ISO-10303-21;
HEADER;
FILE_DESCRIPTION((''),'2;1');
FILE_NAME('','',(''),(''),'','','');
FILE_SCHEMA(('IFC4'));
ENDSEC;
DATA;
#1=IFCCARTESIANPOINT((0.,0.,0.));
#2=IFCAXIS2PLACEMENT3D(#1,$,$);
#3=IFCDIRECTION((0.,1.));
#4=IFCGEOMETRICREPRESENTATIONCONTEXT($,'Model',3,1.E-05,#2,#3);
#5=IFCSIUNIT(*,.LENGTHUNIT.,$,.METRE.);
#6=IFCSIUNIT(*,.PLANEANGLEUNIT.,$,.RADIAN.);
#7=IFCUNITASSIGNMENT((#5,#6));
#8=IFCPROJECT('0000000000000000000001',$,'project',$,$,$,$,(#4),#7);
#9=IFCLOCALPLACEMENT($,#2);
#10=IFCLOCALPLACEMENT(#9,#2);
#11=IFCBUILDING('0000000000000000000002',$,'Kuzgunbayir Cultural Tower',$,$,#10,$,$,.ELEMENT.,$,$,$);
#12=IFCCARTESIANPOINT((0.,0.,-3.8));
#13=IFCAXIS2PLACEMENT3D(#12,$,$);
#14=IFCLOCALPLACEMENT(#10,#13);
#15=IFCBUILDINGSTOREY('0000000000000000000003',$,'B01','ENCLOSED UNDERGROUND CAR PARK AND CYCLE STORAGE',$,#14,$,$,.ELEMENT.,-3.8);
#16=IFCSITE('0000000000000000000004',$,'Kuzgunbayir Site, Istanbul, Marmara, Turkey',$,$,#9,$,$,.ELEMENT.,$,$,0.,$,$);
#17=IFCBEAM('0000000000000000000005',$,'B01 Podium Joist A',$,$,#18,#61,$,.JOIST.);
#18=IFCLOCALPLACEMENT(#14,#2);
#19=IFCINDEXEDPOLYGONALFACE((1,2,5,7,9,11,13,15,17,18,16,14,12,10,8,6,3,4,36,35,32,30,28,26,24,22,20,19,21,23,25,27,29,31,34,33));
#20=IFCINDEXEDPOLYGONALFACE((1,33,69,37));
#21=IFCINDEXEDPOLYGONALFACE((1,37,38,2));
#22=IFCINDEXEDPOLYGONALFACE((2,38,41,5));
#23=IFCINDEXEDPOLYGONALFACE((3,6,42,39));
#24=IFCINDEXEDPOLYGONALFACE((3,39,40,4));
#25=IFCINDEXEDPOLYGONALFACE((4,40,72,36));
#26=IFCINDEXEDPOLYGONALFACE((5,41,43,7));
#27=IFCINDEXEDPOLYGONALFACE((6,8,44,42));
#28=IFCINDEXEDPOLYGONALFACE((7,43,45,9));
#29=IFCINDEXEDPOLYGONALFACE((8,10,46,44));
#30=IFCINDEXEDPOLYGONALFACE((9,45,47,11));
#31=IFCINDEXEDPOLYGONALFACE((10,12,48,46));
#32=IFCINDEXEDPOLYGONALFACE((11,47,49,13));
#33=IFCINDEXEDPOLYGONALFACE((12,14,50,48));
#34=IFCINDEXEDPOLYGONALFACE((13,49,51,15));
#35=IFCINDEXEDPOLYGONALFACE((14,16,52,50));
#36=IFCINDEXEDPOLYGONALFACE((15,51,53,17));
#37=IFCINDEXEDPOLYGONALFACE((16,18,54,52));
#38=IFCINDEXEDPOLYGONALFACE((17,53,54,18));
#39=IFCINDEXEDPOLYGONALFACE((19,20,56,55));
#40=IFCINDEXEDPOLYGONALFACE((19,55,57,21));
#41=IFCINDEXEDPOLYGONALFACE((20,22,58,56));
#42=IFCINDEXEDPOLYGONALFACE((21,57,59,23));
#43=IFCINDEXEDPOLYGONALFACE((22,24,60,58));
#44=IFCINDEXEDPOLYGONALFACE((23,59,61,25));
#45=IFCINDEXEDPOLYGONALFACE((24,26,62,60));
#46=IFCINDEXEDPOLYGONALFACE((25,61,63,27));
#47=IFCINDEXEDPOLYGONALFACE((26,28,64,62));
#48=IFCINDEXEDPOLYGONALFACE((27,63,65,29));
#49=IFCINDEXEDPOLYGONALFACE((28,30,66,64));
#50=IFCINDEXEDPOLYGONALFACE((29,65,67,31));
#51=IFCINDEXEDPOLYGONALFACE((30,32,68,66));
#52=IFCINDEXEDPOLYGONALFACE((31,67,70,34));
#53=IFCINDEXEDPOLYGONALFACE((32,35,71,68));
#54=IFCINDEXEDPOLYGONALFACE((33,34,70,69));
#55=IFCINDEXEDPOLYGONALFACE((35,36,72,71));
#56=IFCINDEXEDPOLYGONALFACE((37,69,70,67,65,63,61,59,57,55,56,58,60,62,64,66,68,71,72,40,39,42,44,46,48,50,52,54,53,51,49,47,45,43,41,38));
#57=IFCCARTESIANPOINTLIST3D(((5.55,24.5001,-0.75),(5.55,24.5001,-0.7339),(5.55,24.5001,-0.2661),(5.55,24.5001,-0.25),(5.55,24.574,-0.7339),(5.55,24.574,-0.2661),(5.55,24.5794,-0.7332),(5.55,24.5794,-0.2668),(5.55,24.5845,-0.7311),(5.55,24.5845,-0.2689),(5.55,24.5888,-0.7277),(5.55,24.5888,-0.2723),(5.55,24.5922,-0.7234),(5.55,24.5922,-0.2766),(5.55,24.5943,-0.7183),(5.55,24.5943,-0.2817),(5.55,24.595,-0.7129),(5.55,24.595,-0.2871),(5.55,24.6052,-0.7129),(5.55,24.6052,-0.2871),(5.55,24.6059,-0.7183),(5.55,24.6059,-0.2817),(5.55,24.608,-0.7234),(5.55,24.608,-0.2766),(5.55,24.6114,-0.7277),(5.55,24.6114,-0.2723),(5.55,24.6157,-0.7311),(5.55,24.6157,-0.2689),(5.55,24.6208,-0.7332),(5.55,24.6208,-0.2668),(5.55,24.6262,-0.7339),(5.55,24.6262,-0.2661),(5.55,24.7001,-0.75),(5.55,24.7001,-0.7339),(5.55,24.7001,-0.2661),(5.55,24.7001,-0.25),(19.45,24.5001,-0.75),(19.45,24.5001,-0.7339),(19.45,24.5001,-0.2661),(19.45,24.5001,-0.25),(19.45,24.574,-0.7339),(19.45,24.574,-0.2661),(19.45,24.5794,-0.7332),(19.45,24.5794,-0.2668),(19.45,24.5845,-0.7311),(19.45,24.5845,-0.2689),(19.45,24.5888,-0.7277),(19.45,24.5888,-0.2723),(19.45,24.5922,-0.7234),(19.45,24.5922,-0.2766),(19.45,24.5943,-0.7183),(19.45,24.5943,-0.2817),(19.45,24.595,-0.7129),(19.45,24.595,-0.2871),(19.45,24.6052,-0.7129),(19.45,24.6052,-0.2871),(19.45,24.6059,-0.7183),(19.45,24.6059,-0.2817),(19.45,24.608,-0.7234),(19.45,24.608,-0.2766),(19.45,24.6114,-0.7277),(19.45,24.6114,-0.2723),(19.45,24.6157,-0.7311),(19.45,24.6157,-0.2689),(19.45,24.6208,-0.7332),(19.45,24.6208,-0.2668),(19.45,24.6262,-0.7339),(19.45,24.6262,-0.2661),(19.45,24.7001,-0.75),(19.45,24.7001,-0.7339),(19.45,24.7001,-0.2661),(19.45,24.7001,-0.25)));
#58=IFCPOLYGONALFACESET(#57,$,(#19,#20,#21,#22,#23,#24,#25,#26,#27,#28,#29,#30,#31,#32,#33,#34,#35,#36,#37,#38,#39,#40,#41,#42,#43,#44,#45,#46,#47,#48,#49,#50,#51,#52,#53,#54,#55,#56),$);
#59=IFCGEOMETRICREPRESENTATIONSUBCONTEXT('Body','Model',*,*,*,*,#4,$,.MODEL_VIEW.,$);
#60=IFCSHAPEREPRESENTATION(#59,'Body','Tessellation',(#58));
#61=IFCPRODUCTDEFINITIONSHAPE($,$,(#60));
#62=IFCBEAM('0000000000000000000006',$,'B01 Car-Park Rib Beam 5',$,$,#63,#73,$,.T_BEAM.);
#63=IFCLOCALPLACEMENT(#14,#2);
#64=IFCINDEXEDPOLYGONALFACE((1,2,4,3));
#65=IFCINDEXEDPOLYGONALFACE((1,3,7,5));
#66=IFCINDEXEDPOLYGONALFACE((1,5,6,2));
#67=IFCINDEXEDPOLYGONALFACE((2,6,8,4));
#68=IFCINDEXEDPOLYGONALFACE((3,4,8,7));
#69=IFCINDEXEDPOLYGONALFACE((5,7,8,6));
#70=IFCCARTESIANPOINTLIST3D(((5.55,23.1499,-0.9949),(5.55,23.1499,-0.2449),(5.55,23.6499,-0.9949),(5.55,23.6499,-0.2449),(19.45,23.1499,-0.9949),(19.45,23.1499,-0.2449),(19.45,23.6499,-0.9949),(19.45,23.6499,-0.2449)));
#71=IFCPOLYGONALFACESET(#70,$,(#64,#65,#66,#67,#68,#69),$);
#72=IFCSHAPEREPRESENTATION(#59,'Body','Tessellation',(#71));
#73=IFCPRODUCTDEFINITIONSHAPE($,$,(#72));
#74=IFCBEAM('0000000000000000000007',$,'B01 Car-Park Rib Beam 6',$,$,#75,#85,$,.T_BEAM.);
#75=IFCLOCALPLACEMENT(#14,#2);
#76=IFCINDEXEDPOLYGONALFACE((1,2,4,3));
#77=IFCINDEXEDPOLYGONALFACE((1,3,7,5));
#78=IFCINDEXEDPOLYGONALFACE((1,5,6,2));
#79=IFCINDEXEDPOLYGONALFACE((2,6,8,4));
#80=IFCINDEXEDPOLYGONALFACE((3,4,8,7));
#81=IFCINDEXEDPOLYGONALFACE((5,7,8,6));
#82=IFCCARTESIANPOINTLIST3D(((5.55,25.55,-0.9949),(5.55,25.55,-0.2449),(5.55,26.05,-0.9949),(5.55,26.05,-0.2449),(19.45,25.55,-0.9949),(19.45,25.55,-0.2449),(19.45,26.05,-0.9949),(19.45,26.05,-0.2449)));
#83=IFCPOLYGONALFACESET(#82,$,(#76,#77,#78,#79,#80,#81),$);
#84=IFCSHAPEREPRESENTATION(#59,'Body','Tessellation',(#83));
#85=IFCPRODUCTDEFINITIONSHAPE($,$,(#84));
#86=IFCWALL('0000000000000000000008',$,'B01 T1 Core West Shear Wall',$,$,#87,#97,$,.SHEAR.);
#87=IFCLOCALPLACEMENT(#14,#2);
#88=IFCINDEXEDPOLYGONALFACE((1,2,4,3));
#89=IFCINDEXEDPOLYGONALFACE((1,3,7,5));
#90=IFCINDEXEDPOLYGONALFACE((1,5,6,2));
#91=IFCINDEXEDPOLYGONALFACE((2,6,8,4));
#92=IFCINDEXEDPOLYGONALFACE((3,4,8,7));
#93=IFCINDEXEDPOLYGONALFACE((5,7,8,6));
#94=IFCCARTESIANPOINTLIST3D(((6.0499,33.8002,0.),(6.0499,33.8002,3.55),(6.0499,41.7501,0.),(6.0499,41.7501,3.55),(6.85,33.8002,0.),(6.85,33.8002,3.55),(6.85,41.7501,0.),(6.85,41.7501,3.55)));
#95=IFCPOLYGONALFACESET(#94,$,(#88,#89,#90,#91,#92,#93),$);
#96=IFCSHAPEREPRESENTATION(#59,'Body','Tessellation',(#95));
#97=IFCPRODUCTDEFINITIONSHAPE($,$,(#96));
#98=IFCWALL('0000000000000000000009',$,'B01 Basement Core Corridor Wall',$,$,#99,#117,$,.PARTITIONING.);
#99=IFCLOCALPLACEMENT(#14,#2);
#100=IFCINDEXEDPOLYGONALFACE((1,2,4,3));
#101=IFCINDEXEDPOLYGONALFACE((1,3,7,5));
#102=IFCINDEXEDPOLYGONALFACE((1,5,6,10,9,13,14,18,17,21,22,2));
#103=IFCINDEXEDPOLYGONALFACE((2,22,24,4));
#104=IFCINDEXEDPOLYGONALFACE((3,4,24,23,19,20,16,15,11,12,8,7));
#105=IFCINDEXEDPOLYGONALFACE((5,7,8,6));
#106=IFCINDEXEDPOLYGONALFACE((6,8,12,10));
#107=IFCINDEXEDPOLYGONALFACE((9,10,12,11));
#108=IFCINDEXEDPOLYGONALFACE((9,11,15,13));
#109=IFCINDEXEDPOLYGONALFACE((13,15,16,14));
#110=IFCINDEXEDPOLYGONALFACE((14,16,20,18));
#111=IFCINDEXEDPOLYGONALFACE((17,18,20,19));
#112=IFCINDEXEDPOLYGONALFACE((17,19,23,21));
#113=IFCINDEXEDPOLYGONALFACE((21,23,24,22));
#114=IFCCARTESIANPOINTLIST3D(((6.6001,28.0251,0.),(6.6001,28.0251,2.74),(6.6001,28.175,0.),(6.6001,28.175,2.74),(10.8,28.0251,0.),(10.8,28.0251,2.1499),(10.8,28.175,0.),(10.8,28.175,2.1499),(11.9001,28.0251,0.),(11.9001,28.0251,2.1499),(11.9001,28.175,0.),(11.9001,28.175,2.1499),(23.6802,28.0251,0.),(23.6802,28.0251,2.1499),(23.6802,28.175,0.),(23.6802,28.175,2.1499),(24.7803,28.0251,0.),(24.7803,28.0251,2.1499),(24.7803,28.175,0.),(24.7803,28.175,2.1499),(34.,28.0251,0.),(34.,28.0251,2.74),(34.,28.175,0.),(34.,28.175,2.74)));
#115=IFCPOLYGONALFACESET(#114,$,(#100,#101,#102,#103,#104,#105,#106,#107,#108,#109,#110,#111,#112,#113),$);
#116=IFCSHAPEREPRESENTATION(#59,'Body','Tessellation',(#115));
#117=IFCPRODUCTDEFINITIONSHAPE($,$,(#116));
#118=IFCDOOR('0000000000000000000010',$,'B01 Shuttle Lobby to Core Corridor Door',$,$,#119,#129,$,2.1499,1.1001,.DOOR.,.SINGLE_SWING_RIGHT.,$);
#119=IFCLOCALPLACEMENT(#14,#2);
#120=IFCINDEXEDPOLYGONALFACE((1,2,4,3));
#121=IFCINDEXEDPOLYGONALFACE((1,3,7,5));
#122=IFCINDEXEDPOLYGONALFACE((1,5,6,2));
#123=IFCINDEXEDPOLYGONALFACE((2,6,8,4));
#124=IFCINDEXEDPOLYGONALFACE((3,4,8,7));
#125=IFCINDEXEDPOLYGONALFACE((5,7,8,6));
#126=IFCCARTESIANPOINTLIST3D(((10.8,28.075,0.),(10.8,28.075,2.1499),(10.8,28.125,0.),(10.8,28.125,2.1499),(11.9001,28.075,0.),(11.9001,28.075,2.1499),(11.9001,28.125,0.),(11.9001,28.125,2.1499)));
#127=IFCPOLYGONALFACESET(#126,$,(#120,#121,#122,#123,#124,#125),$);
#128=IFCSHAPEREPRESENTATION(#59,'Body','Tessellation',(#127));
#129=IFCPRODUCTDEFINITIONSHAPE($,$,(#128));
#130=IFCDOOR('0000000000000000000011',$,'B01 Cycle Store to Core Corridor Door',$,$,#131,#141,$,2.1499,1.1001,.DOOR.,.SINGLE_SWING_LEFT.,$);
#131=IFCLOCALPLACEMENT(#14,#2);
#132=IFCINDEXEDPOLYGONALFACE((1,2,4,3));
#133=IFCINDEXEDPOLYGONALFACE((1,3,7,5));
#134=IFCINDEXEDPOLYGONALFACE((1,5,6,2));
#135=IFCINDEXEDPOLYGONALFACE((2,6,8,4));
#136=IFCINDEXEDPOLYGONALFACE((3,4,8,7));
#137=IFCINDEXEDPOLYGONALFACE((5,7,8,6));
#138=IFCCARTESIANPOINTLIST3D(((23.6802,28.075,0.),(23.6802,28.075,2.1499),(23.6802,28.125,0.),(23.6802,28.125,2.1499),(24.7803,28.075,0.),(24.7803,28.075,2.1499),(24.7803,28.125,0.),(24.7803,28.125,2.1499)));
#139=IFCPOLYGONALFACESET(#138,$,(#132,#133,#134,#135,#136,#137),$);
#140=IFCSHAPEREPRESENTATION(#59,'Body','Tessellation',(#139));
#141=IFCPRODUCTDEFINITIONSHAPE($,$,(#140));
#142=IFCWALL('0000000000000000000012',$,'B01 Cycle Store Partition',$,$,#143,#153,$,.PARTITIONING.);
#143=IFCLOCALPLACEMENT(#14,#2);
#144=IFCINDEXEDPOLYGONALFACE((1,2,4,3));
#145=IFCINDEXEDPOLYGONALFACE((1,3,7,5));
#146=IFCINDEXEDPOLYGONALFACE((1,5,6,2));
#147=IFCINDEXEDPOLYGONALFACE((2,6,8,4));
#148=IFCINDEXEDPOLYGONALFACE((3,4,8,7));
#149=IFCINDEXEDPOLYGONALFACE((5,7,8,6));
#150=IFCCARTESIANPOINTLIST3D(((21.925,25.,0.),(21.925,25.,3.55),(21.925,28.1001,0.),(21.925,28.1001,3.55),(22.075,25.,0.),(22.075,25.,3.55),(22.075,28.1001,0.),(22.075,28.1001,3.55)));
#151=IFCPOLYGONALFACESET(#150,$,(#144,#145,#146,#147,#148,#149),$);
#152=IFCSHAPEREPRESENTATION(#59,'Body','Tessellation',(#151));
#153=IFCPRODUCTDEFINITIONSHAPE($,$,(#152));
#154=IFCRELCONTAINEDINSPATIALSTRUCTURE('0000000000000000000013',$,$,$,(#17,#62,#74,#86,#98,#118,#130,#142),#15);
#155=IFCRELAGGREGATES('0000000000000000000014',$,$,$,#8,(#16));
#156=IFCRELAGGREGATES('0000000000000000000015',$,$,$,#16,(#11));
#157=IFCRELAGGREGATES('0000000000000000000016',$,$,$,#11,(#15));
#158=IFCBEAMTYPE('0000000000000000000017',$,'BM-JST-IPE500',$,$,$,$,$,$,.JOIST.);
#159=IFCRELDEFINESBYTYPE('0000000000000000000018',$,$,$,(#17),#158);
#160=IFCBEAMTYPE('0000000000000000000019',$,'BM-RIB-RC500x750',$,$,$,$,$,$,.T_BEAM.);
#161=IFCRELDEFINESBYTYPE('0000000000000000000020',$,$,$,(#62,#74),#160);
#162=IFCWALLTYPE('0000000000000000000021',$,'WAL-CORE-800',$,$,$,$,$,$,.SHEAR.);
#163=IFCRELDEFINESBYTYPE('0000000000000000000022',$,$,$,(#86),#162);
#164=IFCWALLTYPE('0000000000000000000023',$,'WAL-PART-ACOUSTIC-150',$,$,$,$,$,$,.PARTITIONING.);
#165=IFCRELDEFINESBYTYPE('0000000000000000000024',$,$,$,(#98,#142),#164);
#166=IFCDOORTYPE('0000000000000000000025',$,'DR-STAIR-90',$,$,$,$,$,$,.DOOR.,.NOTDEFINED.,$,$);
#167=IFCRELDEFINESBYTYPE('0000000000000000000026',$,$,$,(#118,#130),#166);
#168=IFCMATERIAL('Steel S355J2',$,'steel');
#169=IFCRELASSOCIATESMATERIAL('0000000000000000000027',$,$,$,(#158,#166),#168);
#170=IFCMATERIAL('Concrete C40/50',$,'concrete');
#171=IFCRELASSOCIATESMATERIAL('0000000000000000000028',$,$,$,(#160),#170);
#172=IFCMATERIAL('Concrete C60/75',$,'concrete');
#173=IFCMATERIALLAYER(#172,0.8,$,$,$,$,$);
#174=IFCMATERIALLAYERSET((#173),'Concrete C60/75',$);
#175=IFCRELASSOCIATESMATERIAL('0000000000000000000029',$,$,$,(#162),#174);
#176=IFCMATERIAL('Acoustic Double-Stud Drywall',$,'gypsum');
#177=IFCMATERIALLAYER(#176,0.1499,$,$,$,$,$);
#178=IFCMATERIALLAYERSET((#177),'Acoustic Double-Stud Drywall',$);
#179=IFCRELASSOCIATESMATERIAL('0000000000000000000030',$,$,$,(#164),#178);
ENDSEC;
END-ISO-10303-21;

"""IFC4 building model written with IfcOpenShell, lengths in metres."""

from ifc_helpers import new_model, si_unit, direction, frame, frame_2d, origin, origin_2d, place, context, subcontext, project, spatial, rectangle, i_section, extrude, material, layer, layer_set, material_profile, profile_set, type_object, element, fill, save


model = new_model("IFC4")

# Units and contexts
model_context = context("Model", 3, precision=1e-05, world=origin(), true_north=direction((0.0, 1.0)))
body_context = subcontext(model_context, "Body", "Model", "MODEL_VIEW")
ifc_project = project(units=[si_unit("LENGTHUNIT", "METRE"), si_unit("PLANEANGLEUNIT", "RADIAN")], contexts=[model_context])

# Site, building, storey
site_placement = place(None, origin())
site = spatial("IfcSite", under=ifc_project, at=site_placement, Name="Kuzgunbayir Site, Istanbul, Marmara, Turkey", CompositionType="ELEMENT", RefElevation=0.0)
building_placement = place(site_placement, origin())
building = spatial("IfcBuilding", under=site, at=building_placement, Name="Kuzgunbayir Cultural Tower", CompositionType="ELEMENT")
storey_placement = place(building_placement, frame((0.0, 0.0, -3.8)))
storey = spatial("IfcBuildingStorey", under=building, at=storey_placement, Name="B01", Description="ENCLOSED UNDERGROUND CAR PARK AND CYCLE STORAGE", CompositionType="ELEMENT", Elevation=-3.8)

# Shared definitions
ifc_material_1 = material(Name="Concrete C60/75", Category="concrete")

# Beams
ifc_material_2 = material(Name="Steel S355J2", Category="steel")
ifc_material_profile_1 = material_profile(ifc_material_2, i_section(OverallWidth=0.2, OverallDepth=0.5, WebThickness=0.0103, FlangeThickness=0.0161, FilletRadius=0.021, at=origin_2d()), Name="IPE 500")
ifc_profile_set_1 = profile_set([ifc_material_profile_1], Name="Steel S355J2")
beam_type_1 = type_object("IfcBeamType", Name="BM-JST-IPE500", PredefinedType="JOIST", material=ifc_profile_set_1)
beam_1_placement = place(storey_placement, frame((5.55, 24.6001, -0.5), z_axis=(1.0, 0.0, 0.0), x_axis=(0.0, 1.0, 0.0)))
element("IfcBeam", 1, at=beam_1_placement, inside=storey, type_object=beam_type_1, Name="B01 Podium Joist A", PredefinedType="JOIST", context=body_context, shape_type="SweptSolid", body=[
    extrude(i_section(OverallWidth=0.2, OverallDepth=0.5, WebThickness=0.0103, FlangeThickness=0.0161, FilletRadius=0.021, at=origin_2d()), origin(), (0.0, 0.0, 1.0), 13.8999),
])
ifc_material_3 = material(Name="Concrete C40/50", Category="concrete")
ifc_material_profile_2 = material_profile(ifc_material_3, rectangle(XDim=0.5, YDim=0.75, at=origin_2d()), Name="RC 500x750")
ifc_profile_set_2 = profile_set([ifc_material_profile_2], Name="Concrete C40/50")
beam_type_2 = type_object("IfcBeamType", Name="BM-RIB-RC500x750", PredefinedType="T_BEAM", material=ifc_profile_set_2)
for number, where, z_axis, x_axis, name in (
    (2, (5.55, 23.3999, -0.6199), (1.0, 0.0, 0.0), (0.0, 1.0, 0.0), "B01 Car-Park Rib Beam 5"),
    (3, (5.55, 25.8, -0.6199), (1.0, 0.0, 0.0), (0.0, 1.0, 0.0), "B01 Car-Park Rib Beam 6"),
):
    element("IfcBeam", number, at=place(storey_placement, frame(where, z_axis=z_axis, x_axis=x_axis)), inside=storey, type_object=beam_type_2, Name=name, PredefinedType="T_BEAM", context=body_context, shape_type="SweptSolid", body=[
        extrude(rectangle(XDim=0.5, YDim=0.75, at=origin_2d()), origin(), (0.0, 0.0, 1.0), 13.8999),
    ])

# Wall
ifc_layer_1 = layer(ifc_material_1, 0.8)
ifc_layer_set_1 = layer_set([ifc_layer_1], Name="Concrete C60/75")
wall_type_1 = type_object("IfcWallType", Name="WAL-CORE-800", PredefinedType="SHEAR", material=ifc_layer_set_1)
wall_1_placement = place(storey_placement, frame((6.45, 33.8, 0.0), z_axis=(0.0, 0.0, 1.0), x_axis=(0.0, 1.0, 0.0)))
element("IfcWall", 4, at=wall_1_placement, inside=storey, type_object=wall_type_1, Name="B01 T1 Core West Shear Wall", PredefinedType="SHEAR", context=body_context, shape_type="SweptSolid", body=[
    extrude(rectangle(XDim=7.95, YDim=0.8, at=frame_2d((3.9751, 0.0))), origin(), (0.0, 0.0, 1.0), 3.55),
])

# Wall, openings, doors
ifc_material_4 = material(Name="Acoustic Double-Stud Drywall", Category="gypsum")
ifc_layer_2 = layer(ifc_material_4, 0.1499)
ifc_layer_set_2 = layer_set([ifc_layer_2], Name="Acoustic Double-Stud Drywall")
wall_type_2 = type_object("IfcWallType", Name="WAL-PART-ACOUSTIC-150", PredefinedType="PARTITIONING", material=ifc_layer_set_2)
wall_2_placement = place(storey_placement, frame((6.6001, 28.1001, 0.0), z_axis=(0.0, 0.0, 1.0), x_axis=(1.0, 0.0, 0.0)))
wall_2 = element("IfcWall", 5, at=wall_2_placement, inside=storey, type_object=wall_type_2, Name="B01 Basement Core Corridor Wall", PredefinedType="PARTITIONING", context=body_context, shape_type="SweptSolid", body=[
    extrude(rectangle(XDim=27.3999, YDim=0.1499, at=frame_2d((13.7, 0.0))), origin(), (0.0, 0.0, 1.0), 2.74),
])
opening_1_placement = place(wall_2_placement, frame((4.2, 0.0, 0.0)))
opening_1 = element("IfcOpeningElement", 6, at=opening_1_placement, cuts=wall_2, PredefinedType="OPENING", context=body_context, shape_type="SweptSolid", body=[
    extrude(rectangle(XDim=1.1001, YDim=2.1499, at=frame_2d((0.55, 1.075))), frame((0.0, 0.085, 0.0), z_axis=(0.0, -1.0, 0.0), x_axis=(1.0, 0.0, 0.0)), (0.0, 0.0, 1.0), 0.1699),
])
opening_2_placement = place(wall_2_placement, frame((17.0801, 0.0, 0.0)))
opening_2 = element("IfcOpeningElement", 7, at=opening_2_placement, cuts=wall_2, PredefinedType="OPENING", context=body_context, shape_type="SweptSolid", body=[
    extrude(rectangle(XDim=1.1001, YDim=2.1499, at=frame_2d((0.55, 1.075))), frame((0.0, 0.085, 0.0), z_axis=(0.0, -1.0, 0.0), x_axis=(1.0, 0.0, 0.0)), (0.0, 0.0, 1.0), 0.1699),
])
door_type = type_object("IfcDoorType", Name="DR-STAIR-90", OperationType="NOTDEFINED", PredefinedType="DOOR", material=ifc_material_2)
door_1_placement = place(opening_1_placement, origin())
door_1 = element("IfcDoor", 8, at=door_1_placement, inside=storey, type_object=door_type, Name="B01 Shuttle Lobby to Core Corridor Door", OperationType="SINGLE_SWING_RIGHT", OverallHeight=2.1499, OverallWidth=1.1001, PredefinedType="DOOR", context=body_context, shape_type="SweptSolid", body=[
    extrude(rectangle(XDim=1.1001, YDim=2.1499, at=frame_2d((0.55, 1.075))), frame((0.0, 0.0249, 0.0), z_axis=(0.0, -1.0, 0.0), x_axis=(1.0, 0.0, 0.0)), (0.0, 0.0, 1.0), 0.05),
])
fill(opening_1, door_1)
door_2_placement = place(opening_2_placement, origin())
door_2 = element("IfcDoor", 9, at=door_2_placement, inside=storey, type_object=door_type, Name="B01 Cycle Store to Core Corridor Door", OperationType="SINGLE_SWING_LEFT", OverallHeight=2.1499, OverallWidth=1.1001, PredefinedType="DOOR", context=body_context, shape_type="SweptSolid", body=[
    extrude(rectangle(XDim=1.1001, YDim=2.1499, at=frame_2d((0.55, 1.075))), frame((0.0, 0.0249, 0.0), z_axis=(0.0, -1.0, 0.0), x_axis=(1.0, 0.0, 0.0)), (0.0, 0.0, 1.0), 0.05),
])
fill(opening_2, door_2)

# Wall
wall_3_placement = place(storey_placement, frame((22.0, 25.0, 0.0), z_axis=(0.0, 0.0, 1.0), x_axis=(0.0, 1.0, 0.0)))
element("IfcWall", 10, at=wall_3_placement, inside=storey, type_object=wall_type_2, Name="B01 Cycle Store Partition", PredefinedType="PARTITIONING", context=body_context, shape_type="SweptSolid", body=[
    extrude(rectangle(XDim=3.1001, YDim=0.1499, at=frame_2d((1.55, 0.0))), origin(), (0.0, 0.0, 1.0), 3.55),
])

save(model, "model.ifc")
